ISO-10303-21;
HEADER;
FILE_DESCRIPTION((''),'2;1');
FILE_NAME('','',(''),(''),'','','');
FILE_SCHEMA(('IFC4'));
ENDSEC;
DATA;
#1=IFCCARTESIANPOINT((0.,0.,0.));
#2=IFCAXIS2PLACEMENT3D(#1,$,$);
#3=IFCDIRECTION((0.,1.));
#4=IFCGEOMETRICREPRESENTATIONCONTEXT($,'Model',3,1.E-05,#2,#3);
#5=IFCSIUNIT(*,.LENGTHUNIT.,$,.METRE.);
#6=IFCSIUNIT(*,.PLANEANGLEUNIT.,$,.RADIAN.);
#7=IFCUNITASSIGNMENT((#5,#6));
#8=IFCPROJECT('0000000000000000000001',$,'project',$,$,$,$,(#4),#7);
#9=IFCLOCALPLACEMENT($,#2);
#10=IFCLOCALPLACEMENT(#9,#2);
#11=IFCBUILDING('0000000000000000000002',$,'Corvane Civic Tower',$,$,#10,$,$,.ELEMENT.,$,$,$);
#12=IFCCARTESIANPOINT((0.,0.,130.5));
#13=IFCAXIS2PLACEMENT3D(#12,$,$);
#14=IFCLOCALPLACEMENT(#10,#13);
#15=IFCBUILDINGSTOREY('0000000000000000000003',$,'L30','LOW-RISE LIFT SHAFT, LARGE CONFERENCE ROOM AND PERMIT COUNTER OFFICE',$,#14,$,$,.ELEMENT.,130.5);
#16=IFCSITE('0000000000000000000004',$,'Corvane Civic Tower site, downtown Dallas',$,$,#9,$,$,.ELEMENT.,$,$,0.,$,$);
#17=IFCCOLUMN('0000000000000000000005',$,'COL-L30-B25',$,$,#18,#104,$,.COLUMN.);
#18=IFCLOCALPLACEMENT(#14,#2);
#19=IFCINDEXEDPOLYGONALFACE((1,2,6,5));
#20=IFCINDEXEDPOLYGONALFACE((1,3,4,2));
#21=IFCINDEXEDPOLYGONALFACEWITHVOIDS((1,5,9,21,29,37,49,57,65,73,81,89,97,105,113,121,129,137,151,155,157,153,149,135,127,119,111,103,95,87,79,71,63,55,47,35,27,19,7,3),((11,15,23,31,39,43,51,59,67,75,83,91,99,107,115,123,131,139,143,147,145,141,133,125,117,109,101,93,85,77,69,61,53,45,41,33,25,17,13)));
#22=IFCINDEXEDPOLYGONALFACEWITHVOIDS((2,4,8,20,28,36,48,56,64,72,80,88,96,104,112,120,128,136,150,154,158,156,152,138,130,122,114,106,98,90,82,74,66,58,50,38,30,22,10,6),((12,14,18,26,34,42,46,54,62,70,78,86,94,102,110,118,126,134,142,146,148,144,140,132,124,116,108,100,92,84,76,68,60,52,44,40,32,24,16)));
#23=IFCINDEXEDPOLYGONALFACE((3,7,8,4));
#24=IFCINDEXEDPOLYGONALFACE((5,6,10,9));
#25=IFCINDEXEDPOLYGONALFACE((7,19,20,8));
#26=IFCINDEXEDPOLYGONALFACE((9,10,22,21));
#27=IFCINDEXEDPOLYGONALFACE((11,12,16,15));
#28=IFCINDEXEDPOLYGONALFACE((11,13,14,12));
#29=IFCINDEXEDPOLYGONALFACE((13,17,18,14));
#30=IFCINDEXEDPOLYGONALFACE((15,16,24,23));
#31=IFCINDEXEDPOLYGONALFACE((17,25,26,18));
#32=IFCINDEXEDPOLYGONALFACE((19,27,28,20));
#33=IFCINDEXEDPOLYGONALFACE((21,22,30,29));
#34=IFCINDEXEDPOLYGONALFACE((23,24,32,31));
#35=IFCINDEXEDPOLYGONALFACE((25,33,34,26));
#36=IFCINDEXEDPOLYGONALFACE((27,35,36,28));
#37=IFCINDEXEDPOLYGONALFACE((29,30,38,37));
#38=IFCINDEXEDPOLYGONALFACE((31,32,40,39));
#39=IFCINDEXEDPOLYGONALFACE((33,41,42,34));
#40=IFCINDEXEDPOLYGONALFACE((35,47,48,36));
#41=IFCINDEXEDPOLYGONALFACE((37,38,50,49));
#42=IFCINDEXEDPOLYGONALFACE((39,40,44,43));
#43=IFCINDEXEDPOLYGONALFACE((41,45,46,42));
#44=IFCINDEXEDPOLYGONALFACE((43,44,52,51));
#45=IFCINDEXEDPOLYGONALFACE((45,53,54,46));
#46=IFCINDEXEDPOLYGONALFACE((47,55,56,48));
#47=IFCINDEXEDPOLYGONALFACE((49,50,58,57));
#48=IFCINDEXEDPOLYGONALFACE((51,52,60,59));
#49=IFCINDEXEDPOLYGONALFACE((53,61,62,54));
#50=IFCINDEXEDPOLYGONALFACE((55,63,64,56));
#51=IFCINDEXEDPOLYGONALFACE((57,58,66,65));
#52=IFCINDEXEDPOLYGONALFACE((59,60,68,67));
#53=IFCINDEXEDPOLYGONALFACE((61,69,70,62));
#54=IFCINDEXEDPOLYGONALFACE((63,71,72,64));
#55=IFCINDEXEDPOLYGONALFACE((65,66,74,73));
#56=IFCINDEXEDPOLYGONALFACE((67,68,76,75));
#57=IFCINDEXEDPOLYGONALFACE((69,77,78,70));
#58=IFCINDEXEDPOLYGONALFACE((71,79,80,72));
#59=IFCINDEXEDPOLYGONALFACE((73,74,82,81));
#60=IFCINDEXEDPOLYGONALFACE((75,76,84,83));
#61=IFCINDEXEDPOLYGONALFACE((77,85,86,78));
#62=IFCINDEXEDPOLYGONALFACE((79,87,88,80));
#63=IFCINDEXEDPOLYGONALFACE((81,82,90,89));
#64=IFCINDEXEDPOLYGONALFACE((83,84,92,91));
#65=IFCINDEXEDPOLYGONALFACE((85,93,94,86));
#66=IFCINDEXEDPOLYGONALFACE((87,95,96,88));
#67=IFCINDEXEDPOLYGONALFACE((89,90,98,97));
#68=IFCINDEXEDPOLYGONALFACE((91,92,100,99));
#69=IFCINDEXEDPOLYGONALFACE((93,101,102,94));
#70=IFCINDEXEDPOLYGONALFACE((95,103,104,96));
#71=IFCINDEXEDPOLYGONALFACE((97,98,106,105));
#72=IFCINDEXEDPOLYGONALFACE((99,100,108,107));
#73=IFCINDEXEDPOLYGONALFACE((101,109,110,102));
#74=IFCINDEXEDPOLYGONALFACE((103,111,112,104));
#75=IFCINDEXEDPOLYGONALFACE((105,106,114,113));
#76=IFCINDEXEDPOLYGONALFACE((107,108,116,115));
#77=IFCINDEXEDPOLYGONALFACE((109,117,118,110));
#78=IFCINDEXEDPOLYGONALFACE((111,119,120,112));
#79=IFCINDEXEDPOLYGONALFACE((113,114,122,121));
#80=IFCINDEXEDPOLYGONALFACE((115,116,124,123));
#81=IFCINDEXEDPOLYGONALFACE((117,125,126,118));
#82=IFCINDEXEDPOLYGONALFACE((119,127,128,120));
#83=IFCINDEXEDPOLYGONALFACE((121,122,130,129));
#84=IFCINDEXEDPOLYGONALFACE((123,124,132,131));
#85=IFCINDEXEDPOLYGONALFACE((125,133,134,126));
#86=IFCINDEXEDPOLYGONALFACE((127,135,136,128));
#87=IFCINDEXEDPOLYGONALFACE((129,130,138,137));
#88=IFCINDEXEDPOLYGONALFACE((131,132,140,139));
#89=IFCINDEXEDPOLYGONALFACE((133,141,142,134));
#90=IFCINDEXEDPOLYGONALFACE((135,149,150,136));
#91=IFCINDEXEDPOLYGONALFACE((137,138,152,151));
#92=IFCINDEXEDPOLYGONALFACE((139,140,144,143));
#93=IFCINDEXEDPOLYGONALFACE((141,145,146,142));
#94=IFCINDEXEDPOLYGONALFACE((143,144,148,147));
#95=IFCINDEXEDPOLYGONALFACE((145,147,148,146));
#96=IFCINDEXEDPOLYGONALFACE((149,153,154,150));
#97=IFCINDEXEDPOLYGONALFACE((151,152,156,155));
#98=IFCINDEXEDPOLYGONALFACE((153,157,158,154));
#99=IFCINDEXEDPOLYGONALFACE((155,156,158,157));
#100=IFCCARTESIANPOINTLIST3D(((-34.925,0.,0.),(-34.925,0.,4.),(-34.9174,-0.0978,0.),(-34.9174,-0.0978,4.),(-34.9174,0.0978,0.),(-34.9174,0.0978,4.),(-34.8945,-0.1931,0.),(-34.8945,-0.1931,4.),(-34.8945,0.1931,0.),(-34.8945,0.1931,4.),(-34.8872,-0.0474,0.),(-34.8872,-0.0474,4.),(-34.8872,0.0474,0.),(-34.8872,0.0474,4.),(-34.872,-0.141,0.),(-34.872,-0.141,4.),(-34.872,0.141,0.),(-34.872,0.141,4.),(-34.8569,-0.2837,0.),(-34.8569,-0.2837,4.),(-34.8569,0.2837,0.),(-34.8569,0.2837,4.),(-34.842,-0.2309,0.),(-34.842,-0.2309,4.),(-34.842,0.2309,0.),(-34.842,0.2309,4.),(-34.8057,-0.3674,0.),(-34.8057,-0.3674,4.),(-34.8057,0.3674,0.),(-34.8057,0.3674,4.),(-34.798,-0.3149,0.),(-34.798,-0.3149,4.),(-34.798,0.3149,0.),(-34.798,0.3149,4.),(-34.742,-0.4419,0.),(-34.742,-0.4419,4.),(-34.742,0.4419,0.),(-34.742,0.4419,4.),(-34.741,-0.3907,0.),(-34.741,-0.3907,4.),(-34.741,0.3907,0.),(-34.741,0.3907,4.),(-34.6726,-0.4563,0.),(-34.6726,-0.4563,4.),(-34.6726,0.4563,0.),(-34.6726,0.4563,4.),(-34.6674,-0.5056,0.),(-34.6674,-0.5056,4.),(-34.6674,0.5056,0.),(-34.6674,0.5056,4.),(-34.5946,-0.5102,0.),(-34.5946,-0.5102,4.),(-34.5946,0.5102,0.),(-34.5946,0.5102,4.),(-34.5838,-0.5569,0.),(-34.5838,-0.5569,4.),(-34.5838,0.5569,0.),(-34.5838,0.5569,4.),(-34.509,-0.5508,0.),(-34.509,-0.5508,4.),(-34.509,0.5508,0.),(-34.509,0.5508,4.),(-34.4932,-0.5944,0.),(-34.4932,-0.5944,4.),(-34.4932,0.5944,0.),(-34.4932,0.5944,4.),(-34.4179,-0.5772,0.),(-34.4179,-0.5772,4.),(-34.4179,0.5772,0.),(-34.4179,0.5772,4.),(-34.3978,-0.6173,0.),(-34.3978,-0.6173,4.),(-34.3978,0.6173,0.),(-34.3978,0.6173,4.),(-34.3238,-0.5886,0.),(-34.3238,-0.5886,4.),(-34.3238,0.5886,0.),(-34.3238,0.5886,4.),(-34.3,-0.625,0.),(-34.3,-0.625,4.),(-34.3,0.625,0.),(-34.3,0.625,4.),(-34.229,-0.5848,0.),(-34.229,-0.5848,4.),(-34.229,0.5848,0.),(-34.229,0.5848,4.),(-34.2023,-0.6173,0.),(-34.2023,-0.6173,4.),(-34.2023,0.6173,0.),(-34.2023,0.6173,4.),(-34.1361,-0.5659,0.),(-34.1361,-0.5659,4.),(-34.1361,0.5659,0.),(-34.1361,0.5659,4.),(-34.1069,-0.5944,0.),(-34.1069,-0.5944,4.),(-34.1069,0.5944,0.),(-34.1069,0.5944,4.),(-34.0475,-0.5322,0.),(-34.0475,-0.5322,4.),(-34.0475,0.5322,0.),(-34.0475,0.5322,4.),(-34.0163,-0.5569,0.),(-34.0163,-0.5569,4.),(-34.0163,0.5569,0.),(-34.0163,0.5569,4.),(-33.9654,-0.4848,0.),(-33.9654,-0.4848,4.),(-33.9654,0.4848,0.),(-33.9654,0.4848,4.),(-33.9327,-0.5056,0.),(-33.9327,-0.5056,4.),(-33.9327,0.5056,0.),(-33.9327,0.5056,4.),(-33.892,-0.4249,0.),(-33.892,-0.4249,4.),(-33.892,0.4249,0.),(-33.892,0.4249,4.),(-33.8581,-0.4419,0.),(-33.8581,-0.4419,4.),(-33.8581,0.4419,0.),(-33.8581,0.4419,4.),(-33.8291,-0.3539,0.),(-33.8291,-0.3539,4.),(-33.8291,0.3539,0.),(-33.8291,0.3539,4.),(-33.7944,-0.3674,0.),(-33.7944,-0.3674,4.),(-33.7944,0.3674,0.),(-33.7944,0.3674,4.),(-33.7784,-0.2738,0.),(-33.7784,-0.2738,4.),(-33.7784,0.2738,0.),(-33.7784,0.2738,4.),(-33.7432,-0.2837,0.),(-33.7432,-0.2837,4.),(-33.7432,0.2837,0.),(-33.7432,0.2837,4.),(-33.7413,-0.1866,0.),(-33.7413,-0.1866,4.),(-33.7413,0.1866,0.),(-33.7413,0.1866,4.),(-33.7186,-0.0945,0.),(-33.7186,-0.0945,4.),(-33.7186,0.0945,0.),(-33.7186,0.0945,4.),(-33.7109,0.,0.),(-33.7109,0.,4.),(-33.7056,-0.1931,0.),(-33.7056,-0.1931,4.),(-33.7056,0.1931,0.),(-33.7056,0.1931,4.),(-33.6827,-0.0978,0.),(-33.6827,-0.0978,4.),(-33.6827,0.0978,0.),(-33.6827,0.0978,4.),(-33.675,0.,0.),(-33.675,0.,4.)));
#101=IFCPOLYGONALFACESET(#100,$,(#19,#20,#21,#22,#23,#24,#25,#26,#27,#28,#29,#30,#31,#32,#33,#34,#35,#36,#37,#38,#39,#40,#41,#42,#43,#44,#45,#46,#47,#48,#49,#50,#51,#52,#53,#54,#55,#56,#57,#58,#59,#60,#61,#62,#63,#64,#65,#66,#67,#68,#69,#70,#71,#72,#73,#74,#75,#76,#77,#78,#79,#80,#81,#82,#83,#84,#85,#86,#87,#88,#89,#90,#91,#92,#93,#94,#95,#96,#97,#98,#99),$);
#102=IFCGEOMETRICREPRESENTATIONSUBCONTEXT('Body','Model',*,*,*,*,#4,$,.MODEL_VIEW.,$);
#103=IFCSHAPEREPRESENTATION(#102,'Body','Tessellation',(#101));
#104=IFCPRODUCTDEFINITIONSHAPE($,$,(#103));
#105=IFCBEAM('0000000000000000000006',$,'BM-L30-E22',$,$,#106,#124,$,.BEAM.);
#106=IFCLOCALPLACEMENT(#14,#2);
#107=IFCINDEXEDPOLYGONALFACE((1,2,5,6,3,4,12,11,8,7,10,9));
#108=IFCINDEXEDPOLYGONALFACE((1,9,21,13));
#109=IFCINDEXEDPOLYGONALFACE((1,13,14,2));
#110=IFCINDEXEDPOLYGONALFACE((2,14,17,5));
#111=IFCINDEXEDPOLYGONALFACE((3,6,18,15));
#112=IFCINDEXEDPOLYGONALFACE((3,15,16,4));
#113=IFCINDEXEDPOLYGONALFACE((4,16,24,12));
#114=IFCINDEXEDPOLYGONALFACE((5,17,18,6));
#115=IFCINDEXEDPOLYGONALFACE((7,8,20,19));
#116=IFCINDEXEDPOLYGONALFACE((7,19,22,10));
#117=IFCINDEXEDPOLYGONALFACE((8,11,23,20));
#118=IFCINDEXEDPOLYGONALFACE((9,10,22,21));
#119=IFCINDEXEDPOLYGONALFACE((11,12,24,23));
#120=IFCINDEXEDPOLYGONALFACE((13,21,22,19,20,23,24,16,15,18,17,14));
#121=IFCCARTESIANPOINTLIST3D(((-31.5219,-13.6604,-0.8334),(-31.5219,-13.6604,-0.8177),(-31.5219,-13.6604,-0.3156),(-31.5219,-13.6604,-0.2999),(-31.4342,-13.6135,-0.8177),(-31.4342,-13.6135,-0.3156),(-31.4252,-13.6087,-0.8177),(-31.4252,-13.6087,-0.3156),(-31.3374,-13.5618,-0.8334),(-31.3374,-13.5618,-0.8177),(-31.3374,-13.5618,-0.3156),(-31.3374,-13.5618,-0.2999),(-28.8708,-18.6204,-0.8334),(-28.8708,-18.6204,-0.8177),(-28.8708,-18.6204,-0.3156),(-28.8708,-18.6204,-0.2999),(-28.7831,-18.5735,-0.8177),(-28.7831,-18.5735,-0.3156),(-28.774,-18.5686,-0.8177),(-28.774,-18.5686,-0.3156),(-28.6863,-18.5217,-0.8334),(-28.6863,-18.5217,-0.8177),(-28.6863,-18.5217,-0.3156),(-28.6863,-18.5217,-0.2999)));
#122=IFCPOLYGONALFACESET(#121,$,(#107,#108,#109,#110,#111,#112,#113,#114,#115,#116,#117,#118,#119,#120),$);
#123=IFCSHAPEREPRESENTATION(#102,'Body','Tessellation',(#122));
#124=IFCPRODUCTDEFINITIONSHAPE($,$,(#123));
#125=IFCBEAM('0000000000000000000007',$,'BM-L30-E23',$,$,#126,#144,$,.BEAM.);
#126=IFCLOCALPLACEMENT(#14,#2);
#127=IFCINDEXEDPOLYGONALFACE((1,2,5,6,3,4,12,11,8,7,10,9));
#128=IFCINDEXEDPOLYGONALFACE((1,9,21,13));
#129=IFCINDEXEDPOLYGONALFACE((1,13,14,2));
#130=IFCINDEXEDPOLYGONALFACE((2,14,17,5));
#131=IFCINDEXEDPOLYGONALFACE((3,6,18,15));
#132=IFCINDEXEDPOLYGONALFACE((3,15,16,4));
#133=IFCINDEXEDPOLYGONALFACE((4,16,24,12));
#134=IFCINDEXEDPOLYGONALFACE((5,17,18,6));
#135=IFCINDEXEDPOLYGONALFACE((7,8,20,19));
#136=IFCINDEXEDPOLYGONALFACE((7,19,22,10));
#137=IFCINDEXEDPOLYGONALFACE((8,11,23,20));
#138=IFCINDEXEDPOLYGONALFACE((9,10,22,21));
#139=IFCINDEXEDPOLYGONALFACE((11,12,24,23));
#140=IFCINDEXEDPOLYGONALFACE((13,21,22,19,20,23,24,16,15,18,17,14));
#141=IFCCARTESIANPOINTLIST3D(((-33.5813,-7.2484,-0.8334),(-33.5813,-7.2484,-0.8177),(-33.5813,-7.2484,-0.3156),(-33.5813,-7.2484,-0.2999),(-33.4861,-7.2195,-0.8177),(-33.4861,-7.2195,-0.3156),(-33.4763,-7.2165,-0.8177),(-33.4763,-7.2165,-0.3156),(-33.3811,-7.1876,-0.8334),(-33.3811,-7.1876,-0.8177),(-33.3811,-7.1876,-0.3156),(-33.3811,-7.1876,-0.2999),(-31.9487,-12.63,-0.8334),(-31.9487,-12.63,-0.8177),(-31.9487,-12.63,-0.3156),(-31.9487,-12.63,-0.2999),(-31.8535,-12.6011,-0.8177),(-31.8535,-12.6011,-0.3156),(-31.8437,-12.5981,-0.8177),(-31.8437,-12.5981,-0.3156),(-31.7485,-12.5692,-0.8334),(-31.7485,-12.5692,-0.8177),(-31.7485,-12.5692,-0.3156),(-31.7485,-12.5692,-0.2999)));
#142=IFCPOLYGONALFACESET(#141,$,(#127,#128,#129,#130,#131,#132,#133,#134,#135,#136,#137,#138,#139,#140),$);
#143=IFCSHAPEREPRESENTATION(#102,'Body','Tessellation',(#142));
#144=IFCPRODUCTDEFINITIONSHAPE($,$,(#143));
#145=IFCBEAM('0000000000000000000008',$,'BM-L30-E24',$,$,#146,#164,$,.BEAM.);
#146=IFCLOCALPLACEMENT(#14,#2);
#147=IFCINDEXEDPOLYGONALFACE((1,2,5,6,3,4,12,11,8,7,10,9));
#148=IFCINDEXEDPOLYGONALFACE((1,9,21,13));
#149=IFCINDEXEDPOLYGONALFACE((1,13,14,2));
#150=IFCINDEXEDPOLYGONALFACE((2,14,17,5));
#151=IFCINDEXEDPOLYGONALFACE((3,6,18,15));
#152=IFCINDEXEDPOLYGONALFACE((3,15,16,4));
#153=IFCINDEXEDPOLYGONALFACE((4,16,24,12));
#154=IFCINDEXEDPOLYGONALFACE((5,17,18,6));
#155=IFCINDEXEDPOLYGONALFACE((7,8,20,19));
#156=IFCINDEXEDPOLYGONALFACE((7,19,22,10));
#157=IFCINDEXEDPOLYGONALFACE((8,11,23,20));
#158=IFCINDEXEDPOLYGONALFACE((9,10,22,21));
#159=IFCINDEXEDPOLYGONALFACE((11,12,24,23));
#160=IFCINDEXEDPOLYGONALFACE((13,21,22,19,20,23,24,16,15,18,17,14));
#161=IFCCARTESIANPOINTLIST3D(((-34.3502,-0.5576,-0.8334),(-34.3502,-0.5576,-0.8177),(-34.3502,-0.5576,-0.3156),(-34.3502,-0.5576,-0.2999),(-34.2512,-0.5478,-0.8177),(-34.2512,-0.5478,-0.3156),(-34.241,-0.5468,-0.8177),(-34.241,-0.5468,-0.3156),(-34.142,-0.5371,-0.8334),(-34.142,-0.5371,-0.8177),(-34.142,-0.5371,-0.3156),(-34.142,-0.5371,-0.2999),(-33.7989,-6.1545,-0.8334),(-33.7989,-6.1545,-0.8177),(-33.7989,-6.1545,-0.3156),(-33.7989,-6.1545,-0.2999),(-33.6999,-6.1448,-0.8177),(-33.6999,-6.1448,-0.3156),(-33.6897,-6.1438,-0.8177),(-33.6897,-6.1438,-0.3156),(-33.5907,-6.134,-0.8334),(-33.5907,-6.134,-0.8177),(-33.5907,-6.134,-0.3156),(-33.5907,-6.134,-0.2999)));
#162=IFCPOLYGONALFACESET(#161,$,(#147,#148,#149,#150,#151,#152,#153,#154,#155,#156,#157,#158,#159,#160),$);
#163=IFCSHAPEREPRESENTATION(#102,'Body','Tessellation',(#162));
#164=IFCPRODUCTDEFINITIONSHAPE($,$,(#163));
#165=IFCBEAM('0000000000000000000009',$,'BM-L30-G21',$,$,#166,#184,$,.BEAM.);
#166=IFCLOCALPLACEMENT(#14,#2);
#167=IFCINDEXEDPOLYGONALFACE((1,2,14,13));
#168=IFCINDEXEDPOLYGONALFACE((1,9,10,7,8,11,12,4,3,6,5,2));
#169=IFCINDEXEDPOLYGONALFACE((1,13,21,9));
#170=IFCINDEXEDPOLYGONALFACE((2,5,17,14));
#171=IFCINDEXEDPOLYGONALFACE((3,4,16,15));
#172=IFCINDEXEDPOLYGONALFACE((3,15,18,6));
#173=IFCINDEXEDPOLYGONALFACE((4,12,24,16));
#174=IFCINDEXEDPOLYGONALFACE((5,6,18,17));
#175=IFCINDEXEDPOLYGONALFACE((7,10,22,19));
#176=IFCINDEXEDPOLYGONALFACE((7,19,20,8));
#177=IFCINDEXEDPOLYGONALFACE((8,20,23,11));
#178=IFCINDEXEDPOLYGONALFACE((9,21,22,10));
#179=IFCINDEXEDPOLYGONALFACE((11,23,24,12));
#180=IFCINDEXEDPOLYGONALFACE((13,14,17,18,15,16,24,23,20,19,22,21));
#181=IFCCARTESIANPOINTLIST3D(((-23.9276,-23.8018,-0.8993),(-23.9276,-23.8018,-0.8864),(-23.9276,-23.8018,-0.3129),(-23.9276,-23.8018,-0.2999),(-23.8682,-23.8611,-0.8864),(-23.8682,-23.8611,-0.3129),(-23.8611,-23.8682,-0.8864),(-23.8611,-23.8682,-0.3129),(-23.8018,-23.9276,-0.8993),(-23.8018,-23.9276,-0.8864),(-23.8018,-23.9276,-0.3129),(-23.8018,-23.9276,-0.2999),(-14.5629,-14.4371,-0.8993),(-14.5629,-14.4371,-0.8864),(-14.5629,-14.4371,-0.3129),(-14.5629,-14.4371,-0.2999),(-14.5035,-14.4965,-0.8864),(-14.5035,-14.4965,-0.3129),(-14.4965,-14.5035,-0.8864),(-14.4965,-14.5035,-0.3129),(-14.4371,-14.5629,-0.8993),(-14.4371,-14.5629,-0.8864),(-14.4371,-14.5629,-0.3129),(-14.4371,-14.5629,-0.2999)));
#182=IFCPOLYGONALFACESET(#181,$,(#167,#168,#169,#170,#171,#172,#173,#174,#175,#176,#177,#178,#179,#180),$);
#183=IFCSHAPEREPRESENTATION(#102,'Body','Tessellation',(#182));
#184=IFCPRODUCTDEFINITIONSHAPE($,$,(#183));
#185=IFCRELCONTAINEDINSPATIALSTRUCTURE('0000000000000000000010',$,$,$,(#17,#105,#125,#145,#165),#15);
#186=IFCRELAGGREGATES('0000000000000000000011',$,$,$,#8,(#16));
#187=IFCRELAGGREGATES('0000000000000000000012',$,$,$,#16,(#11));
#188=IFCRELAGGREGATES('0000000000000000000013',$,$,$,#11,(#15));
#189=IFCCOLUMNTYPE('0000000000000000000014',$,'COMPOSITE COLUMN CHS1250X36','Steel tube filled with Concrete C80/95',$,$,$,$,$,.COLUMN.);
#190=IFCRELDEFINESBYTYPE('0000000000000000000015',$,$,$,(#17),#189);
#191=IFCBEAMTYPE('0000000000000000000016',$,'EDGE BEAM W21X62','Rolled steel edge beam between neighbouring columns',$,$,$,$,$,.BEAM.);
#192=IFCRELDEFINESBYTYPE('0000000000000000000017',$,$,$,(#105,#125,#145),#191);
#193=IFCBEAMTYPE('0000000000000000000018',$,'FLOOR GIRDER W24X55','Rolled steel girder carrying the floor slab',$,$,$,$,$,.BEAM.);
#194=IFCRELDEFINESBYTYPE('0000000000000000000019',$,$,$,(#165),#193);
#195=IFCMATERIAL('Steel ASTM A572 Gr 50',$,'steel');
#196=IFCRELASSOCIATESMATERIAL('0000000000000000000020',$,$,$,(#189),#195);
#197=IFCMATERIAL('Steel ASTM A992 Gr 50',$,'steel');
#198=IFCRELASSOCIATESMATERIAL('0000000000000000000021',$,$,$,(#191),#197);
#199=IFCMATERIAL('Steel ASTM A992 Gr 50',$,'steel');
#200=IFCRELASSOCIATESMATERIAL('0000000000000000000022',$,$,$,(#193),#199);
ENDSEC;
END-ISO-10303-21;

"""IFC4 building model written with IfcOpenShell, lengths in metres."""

from ifc_helpers import new_model, si_unit, direction, frame, origin, origin_2d, place, context, subcontext, project, spatial, hollow_circle, i_section, extrude, material, material_profile, profile_set, type_object, element, save


model = new_model("IFC4")

# Units and contexts
model_context = context("Model", 3, precision=1e-05, world=origin(), true_north=direction((0.0, 1.0)))
body_context = subcontext(model_context, "Body", "Model", "MODEL_VIEW")
ifc_project = project(units=[si_unit("LENGTHUNIT", "METRE"), si_unit("PLANEANGLEUNIT", "RADIAN")], contexts=[model_context])

# Site, building, storey
site_placement = place(None, origin())
site = spatial("IfcSite", under=ifc_project, at=site_placement, Name="Corvane Civic Tower site, downtown Dallas", CompositionType="ELEMENT", RefElevation=0.0)
building_placement = place(site_placement, origin())
building = spatial("IfcBuilding", under=site, at=building_placement, Name="Corvane Civic Tower", CompositionType="ELEMENT")
storey_placement = place(building_placement, frame((0.0, 0.0, 130.5)))
storey = spatial("IfcBuildingStorey", under=building, at=storey_placement, Name="L30", Description="LOW-RISE LIFT SHAFT, LARGE CONFERENCE ROOM AND PERMIT COUNTER OFFICE", CompositionType="ELEMENT", Elevation=130.5)

# Column
ifc_material_1 = material(Name="Steel ASTM A572 Gr 50", Category="steel")
ifc_material_profile_1 = material_profile(ifc_material_1, hollow_circle(Radius=0.625, WallThickness=0.0359, at=origin_2d()), Name="CHS1250X36")
ifc_profile_set_1 = profile_set([ifc_material_profile_1], Name="Steel ASTM A572 Gr 50")
column_type = type_object("IfcColumnType", Name="COMPOSITE COLUMN CHS1250X36", Description="Steel tube filled with Concrete C80/95", PredefinedType="COLUMN", material=ifc_profile_set_1)
for number, where, z_axis, x_axis, name in (
    (1, (-34.3, 0.0, 0.0), (0.0, 0.0, 1.0), (1.0, 0.0, 0.0), "COL-L30-B25"),
):
    element("IfcColumn", number, at=place(storey_placement, frame(where, z_axis=z_axis, x_axis=x_axis)), inside=storey, type_object=column_type, Name=name, PredefinedType="COLUMN", context=body_context, shape_type="SweptSolid", body=[
        extrude(hollow_circle(Radius=0.625, WallThickness=0.0359, at=origin_2d()), origin(), (0.0, 0.0, 1.0), 4.0),
    ])

# Beams
ifc_material_2 = material(Name="Steel ASTM A992 Gr 50", Category="steel")
ifc_material_profile_2 = material_profile(ifc_material_2, i_section(OverallWidth=0.2092, OverallDepth=0.5334, WebThickness=0.0103, FlangeThickness=0.0156, at=origin_2d()), Name="W21X62")
ifc_profile_set_2 = profile_set([ifc_material_profile_2], Name="Steel ASTM A992 Gr 50")
beam_type_1 = type_object("IfcBeamType", Name="EDGE BEAM W21X62", Description="Rolled steel edge beam between neighbouring columns", PredefinedType="BEAM", material=ifc_profile_set_2)
beam_1_placement = place(storey_placement, frame((-28.7786, -18.571, -0.5667), z_axis=(-0.471392, 0.881924, 0.0), x_axis=(-0.881924, -0.471392, 0.0)))
element("IfcBeam", 2, at=beam_1_placement, inside=storey, type_object=beam_type_1, Name="BM-L30-E22", PredefinedType="BEAM", context=body_context, shape_type="SweptSolid", body=[
    extrude(i_section(OverallWidth=0.2092, OverallDepth=0.5334, WebThickness=0.0103, FlangeThickness=0.0156, at=origin_2d()), origin(), (0.0, 0.0, 1.0), 5.624),
])
beam_2_placement = place(storey_placement, frame((-31.8486, -12.5996, -0.5667), z_axis=(-0.290298, 0.956936, 0.0), x_axis=(-0.956936, -0.290298, 0.0)))
element("IfcBeam", 3, at=beam_2_placement, inside=storey, type_object=beam_type_1, Name="BM-L30-E23", PredefinedType="BEAM", context=body_context, shape_type="SweptSolid", body=[
    extrude(i_section(OverallWidth=0.2092, OverallDepth=0.5334, WebThickness=0.0103, FlangeThickness=0.0156, at=origin_2d()), origin(), (0.0, 0.0, 1.0), 5.6238),
])
beam_3_placement = place(storey_placement, frame((-33.6948, -6.1443, -0.5667), z_axis=(-0.098021, 0.995184, 0.0), x_axis=(-0.995184, -0.098021, 0.0)))
element("IfcBeam", 4, at=beam_3_placement, inside=storey, type_object=beam_type_1, Name="BM-L30-E24", PredefinedType="BEAM", context=body_context, shape_type="SweptSolid", body=[
    extrude(i_section(OverallWidth=0.2092, OverallDepth=0.5334, WebThickness=0.0103, FlangeThickness=0.0156, at=origin_2d()), origin(), (0.0, 0.0, 1.0), 5.624),
])
ifc_material_3 = material(Name="Steel ASTM A992 Gr 50", Category="steel")
ifc_material_profile_3 = material_profile(ifc_material_3, i_section(OverallWidth=0.178, OverallDepth=0.5994, WebThickness=0.01, FlangeThickness=0.0129, at=origin_2d()), Name="W24X55")
ifc_profile_set_3 = profile_set([ifc_material_profile_3], Name="Steel ASTM A992 Gr 50")
beam_type_2 = type_object("IfcBeamType", Name="FLOOR GIRDER W24X55", Description="Rolled steel girder carrying the floor slab", PredefinedType="BEAM", material=ifc_profile_set_3)
beam_4_placement = place(storey_placement, frame((-14.5, -14.5, -0.5996), z_axis=(-0.707107, -0.707107, 0.0), x_axis=(0.707107, -0.707107, 0.0)))
element("IfcBeam", 5, at=beam_4_placement, inside=storey, type_object=beam_type_2, Name="BM-L30-G21", PredefinedType="BEAM", context=body_context, shape_type="SweptSolid", body=[
    extrude(i_section(OverallWidth=0.178, OverallDepth=0.5994, WebThickness=0.01, FlangeThickness=0.0129, at=origin_2d()), origin(), (0.0, 0.0, 1.0), 13.2437),
])

save(model, "model.ifc")
